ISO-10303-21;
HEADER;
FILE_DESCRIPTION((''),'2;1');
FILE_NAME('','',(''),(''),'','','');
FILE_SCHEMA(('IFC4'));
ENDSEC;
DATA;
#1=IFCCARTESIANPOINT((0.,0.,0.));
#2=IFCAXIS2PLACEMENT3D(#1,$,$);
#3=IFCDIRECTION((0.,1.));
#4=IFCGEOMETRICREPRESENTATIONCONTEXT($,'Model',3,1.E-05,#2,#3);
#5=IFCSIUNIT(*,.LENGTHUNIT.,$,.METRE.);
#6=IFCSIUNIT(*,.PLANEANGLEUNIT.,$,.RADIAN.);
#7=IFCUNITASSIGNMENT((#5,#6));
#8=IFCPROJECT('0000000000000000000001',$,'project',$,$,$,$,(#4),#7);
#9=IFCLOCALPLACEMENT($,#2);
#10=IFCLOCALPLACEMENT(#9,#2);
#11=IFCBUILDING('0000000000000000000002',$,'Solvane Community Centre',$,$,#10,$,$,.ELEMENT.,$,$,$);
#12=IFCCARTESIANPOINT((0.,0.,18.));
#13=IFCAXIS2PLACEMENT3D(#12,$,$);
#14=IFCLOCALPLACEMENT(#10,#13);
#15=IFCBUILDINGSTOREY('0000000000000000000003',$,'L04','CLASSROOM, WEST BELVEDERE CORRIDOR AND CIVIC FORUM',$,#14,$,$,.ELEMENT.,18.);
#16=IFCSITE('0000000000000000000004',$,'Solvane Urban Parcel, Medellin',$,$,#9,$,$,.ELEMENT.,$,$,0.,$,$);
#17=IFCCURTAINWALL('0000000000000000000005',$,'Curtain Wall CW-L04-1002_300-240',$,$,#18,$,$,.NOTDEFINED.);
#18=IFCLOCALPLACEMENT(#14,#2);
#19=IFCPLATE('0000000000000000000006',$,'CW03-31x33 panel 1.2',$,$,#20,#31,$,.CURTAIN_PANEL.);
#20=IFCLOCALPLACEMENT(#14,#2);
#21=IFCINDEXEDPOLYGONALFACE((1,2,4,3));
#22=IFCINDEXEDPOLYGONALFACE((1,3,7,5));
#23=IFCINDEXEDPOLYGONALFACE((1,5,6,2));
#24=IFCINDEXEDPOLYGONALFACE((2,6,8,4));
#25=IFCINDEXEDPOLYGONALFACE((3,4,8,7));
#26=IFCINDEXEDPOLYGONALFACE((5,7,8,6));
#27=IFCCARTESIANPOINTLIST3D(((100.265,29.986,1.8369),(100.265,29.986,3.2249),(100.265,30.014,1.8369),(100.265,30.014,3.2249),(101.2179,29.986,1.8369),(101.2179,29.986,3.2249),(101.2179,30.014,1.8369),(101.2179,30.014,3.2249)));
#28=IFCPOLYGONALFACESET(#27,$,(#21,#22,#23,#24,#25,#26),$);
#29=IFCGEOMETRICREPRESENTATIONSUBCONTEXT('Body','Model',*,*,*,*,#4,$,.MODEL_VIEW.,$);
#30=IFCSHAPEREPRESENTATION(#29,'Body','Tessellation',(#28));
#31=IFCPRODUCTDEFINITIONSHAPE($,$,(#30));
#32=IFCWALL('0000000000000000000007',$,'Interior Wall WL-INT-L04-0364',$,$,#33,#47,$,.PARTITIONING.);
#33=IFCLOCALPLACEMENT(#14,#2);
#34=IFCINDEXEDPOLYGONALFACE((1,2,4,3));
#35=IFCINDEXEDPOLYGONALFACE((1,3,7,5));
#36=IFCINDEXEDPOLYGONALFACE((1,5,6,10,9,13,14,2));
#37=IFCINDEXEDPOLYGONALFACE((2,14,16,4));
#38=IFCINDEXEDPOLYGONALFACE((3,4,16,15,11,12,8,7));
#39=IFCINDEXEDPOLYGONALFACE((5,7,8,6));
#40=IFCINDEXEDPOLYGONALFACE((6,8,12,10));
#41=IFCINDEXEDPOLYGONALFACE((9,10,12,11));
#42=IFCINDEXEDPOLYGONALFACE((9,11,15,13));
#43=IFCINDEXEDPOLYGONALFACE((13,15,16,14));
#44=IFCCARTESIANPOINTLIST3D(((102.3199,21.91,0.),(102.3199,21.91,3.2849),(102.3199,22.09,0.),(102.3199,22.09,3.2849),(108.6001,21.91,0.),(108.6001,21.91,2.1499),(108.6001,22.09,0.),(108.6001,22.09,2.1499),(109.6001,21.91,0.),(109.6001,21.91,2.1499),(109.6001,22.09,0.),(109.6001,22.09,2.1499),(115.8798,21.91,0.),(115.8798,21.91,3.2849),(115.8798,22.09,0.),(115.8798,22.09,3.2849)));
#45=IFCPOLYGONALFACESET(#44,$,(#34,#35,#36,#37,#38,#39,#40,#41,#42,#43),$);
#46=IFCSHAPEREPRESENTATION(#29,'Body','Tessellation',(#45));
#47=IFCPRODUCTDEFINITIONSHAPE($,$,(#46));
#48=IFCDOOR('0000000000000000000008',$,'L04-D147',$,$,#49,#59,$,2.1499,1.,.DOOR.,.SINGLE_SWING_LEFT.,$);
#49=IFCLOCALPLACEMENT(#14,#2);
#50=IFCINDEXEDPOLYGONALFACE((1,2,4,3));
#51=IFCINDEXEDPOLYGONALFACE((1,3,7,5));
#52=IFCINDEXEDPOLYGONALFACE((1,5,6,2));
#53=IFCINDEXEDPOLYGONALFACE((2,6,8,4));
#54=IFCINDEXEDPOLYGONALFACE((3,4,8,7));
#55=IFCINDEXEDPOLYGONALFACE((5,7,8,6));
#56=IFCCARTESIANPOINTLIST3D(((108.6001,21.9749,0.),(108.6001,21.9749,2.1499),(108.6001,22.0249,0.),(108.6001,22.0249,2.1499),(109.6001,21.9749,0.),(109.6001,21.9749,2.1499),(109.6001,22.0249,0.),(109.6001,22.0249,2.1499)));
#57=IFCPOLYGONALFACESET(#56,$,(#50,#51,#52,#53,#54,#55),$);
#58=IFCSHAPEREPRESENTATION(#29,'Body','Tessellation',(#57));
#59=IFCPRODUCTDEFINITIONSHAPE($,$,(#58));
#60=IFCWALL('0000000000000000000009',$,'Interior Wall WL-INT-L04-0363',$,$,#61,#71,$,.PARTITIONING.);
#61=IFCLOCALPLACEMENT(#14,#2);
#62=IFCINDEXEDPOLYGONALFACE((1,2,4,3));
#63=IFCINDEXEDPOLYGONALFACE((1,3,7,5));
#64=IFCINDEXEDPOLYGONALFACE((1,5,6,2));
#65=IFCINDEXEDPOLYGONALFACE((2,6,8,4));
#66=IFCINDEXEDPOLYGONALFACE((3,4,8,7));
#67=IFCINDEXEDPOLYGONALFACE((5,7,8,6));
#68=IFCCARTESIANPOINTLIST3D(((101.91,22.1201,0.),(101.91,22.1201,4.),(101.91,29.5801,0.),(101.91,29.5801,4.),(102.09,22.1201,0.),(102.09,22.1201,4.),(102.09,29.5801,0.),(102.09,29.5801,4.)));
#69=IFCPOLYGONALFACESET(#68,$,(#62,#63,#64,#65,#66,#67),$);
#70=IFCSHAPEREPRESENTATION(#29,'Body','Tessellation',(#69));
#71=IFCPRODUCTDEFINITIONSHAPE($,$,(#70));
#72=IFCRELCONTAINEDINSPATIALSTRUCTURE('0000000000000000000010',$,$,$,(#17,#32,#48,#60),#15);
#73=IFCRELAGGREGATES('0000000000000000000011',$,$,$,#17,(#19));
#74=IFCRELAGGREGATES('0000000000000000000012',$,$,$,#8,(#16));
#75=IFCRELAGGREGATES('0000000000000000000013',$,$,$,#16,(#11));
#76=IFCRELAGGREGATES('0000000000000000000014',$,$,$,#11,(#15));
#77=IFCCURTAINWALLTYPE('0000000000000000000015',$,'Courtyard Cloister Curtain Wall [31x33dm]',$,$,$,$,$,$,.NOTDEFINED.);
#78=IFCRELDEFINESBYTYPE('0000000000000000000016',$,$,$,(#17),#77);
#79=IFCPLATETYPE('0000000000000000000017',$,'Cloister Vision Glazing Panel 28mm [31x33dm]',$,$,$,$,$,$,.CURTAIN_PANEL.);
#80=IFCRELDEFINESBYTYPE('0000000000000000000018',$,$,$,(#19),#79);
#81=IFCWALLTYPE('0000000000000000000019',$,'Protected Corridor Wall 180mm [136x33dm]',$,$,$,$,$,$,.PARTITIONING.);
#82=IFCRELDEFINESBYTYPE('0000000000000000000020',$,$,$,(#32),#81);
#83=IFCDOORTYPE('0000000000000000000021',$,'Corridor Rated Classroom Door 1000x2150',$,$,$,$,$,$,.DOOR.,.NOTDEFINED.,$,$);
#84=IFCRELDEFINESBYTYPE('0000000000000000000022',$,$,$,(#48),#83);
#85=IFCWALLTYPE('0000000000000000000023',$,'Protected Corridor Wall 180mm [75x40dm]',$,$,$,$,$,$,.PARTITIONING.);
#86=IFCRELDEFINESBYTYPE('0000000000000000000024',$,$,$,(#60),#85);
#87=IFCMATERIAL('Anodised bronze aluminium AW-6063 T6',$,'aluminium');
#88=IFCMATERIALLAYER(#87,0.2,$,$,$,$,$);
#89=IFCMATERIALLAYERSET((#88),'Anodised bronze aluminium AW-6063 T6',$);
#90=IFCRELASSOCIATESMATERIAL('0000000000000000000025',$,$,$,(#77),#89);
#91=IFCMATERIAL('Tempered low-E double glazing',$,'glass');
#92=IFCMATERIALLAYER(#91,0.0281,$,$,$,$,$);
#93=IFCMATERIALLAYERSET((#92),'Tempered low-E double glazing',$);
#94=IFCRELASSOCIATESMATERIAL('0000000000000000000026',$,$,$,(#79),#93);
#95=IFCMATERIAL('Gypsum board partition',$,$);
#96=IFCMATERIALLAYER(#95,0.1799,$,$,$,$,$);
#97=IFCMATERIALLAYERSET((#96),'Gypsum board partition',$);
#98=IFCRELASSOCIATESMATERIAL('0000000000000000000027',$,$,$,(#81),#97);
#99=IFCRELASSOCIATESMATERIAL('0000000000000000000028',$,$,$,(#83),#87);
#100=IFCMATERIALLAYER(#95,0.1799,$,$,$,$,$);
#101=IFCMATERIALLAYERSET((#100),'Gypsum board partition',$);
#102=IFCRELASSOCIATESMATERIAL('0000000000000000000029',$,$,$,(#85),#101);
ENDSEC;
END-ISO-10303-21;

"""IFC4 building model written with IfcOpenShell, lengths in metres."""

from ifc_helpers import new_model, si_unit, direction, frame, frame_2d, origin, origin_2d, place, context, subcontext, project, spatial, rectangle, extrude, material, layer, layer_set, type_object, element, fill, aggregate, save


model = new_model("IFC4")

# Units and contexts
model_context = context("Model", 3, precision=1e-05, world=origin(), true_north=direction((0.0, 1.0)))
body_context = subcontext(model_context, "Body", "Model", "MODEL_VIEW")
ifc_project = project(units=[si_unit("LENGTHUNIT", "METRE"), si_unit("PLANEANGLEUNIT", "RADIAN")], contexts=[model_context])

# Site, building, storey
site_placement = place(None, origin())
site = spatial("IfcSite", under=ifc_project, at=site_placement, Name="Solvane Urban Parcel, Medellin", CompositionType="ELEMENT", RefElevation=0.0)
building_placement = place(site_placement, origin())
building = spatial("IfcBuilding", under=site, at=building_placement, Name="Solvane Community Centre", CompositionType="ELEMENT")
storey_placement = place(building_placement, frame((0.0, 0.0, 18.0)))
storey = spatial("IfcBuildingStorey", under=building, at=storey_placement, Name="L04", Description="CLASSROOM, WEST BELVEDERE CORRIDOR AND CIVIC FORUM", CompositionType="ELEMENT", Elevation=18.0)

# Curtain wall
ifc_material_1 = material(Name="Anodised bronze aluminium AW-6063 T6", Category="aluminium")
ifc_layer_1 = layer(ifc_material_1, 0.2)
ifc_layer_set_1 = layer_set([ifc_layer_1], Name="Anodised bronze aluminium AW-6063 T6")
curtain_wall_type = type_object("IfcCurtainWallType", Name="Courtyard Cloister Curtain Wall [31x33dm]", PredefinedType="NOTDEFINED", material=ifc_layer_set_1)
curtain_wall_placement = place(storey_placement, origin())
curtain_wall = element("IfcCurtainWall", 1, at=curtain_wall_placement, inside=storey, type_object=curtain_wall_type, Name="Curtain Wall CW-L04-1002_300-240", PredefinedType="NOTDEFINED")

# Plate
ifc_material_2 = material(Name="Tempered low-E double glazing", Category="glass")
ifc_layer_2 = layer(ifc_material_2, 0.0281)
ifc_layer_set_2 = layer_set([ifc_layer_2], Name="Tempered low-E double glazing")
plate_type = type_object("IfcPlateType", Name="Cloister Vision Glazing Panel 28mm [31x33dm]", PredefinedType="CURTAIN_PANEL", material=ifc_layer_set_2)
plate_1_placement = place(storey_placement, frame((100.7415, 30.0, 1.8369), z_axis=(0.0, 0.0, 1.0), x_axis=(1.0, 0.0, 0.0)))
plate_1 = element("IfcPlate", 2, at=plate_1_placement, type_object=plate_type, Name="CW03-31x33 panel 1.2", PredefinedType="CURTAIN_PANEL", context=body_context, shape_type="SweptSolid", body=[
    extrude(rectangle(XDim=0.9529, YDim=0.0281, at=origin_2d()), origin(), (0.0, 0.0, 1.0), 1.3879),
])
aggregate(curtain_wall, [plate_1])

# Wall, opening, door
ifc_material_3 = material(Name="Gypsum board partition")
ifc_layer_3 = layer(ifc_material_3, 0.1799)
ifc_layer_set_3 = layer_set([ifc_layer_3], Name="Gypsum board partition")
wall_type_1 = type_object("IfcWallType", Name="Protected Corridor Wall 180mm [136x33dm]", PredefinedType="PARTITIONING", material=ifc_layer_set_3)
wall_1_placement = place(storey_placement, frame((102.3201, 22.0, 0.0), z_axis=(0.0, 0.0, 1.0), x_axis=(1.0, 0.0, 0.0)))
wall_1 = element("IfcWall", 3, at=wall_1_placement, inside=storey, type_object=wall_type_1, Name="Interior Wall WL-INT-L04-0364", PredefinedType="PARTITIONING", context=body_context, shape_type="SweptSolid", body=[
    extrude(rectangle(XDim=13.5598, YDim=0.1799, at=frame_2d((6.7798, 0.0))), origin(), (0.0, 0.0, 1.0), 3.2849),
])
opening_placement = place(wall_1_placement, frame((6.28, 0.0, 0.0)))
opening = element("IfcOpeningElement", 4, at=opening_placement, cuts=wall_1, PredefinedType="OPENING", context=body_context, shape_type="SweptSolid", body=[
    extrude(rectangle(XDim=1.0, YDim=2.1499, at=frame_2d((0.5, 1.075))), frame((0.0, 0.0999, 0.0), z_axis=(0.0, -1.0, 0.0), x_axis=(1.0, 0.0, 0.0)), (0.0, 0.0, 1.0), 0.2),
])
door_type = type_object("IfcDoorType", Name="Corridor Rated Classroom Door 1000x2150", OperationType="NOTDEFINED", PredefinedType="DOOR", material=ifc_material_1)
door_placement = place(opening_placement, origin())
door = element("IfcDoor", 5, at=door_placement, inside=storey, type_object=door_type, Name="L04-D147", OperationType="SINGLE_SWING_LEFT", OverallHeight=2.1499, OverallWidth=1.0, PredefinedType="DOOR", context=body_context, shape_type="SweptSolid", body=[
    extrude(rectangle(XDim=1.0, YDim=2.1499, at=frame_2d((0.5, 1.075))), frame((0.0, 0.0249, 0.0), z_axis=(0.0, -1.0, 0.0), x_axis=(1.0, 0.0, 0.0)), (0.0, 0.0, 1.0), 0.05),
])
fill(opening, door)

# Wall
ifc_layer_4 = layer(ifc_material_3, 0.1799)
ifc_layer_set_4 = layer_set([ifc_layer_4], Name="Gypsum board partition")
wall_type_2 = type_object("IfcWallType", Name="Protected Corridor Wall 180mm [75x40dm]", PredefinedType="PARTITIONING", material=ifc_layer_set_4)
wall_2_placement = place(storey_placement, frame((102.0, 22.1201, 0.0), z_axis=(0.0, 0.0, 1.0), x_axis=(0.0, 1.0, 0.0)))
element("IfcWall", 6, at=wall_2_placement, inside=storey, type_object=wall_type_2, Name="Interior Wall WL-INT-L04-0363", PredefinedType="PARTITIONING", context=body_context, shape_type="SweptSolid", body=[
    extrude(rectangle(XDim=7.46, YDim=0.1799, at=frame_2d((3.73, 0.0))), origin(), (0.0, 0.0, 1.0), 4.0),
])

save(model, "model.ifc")
